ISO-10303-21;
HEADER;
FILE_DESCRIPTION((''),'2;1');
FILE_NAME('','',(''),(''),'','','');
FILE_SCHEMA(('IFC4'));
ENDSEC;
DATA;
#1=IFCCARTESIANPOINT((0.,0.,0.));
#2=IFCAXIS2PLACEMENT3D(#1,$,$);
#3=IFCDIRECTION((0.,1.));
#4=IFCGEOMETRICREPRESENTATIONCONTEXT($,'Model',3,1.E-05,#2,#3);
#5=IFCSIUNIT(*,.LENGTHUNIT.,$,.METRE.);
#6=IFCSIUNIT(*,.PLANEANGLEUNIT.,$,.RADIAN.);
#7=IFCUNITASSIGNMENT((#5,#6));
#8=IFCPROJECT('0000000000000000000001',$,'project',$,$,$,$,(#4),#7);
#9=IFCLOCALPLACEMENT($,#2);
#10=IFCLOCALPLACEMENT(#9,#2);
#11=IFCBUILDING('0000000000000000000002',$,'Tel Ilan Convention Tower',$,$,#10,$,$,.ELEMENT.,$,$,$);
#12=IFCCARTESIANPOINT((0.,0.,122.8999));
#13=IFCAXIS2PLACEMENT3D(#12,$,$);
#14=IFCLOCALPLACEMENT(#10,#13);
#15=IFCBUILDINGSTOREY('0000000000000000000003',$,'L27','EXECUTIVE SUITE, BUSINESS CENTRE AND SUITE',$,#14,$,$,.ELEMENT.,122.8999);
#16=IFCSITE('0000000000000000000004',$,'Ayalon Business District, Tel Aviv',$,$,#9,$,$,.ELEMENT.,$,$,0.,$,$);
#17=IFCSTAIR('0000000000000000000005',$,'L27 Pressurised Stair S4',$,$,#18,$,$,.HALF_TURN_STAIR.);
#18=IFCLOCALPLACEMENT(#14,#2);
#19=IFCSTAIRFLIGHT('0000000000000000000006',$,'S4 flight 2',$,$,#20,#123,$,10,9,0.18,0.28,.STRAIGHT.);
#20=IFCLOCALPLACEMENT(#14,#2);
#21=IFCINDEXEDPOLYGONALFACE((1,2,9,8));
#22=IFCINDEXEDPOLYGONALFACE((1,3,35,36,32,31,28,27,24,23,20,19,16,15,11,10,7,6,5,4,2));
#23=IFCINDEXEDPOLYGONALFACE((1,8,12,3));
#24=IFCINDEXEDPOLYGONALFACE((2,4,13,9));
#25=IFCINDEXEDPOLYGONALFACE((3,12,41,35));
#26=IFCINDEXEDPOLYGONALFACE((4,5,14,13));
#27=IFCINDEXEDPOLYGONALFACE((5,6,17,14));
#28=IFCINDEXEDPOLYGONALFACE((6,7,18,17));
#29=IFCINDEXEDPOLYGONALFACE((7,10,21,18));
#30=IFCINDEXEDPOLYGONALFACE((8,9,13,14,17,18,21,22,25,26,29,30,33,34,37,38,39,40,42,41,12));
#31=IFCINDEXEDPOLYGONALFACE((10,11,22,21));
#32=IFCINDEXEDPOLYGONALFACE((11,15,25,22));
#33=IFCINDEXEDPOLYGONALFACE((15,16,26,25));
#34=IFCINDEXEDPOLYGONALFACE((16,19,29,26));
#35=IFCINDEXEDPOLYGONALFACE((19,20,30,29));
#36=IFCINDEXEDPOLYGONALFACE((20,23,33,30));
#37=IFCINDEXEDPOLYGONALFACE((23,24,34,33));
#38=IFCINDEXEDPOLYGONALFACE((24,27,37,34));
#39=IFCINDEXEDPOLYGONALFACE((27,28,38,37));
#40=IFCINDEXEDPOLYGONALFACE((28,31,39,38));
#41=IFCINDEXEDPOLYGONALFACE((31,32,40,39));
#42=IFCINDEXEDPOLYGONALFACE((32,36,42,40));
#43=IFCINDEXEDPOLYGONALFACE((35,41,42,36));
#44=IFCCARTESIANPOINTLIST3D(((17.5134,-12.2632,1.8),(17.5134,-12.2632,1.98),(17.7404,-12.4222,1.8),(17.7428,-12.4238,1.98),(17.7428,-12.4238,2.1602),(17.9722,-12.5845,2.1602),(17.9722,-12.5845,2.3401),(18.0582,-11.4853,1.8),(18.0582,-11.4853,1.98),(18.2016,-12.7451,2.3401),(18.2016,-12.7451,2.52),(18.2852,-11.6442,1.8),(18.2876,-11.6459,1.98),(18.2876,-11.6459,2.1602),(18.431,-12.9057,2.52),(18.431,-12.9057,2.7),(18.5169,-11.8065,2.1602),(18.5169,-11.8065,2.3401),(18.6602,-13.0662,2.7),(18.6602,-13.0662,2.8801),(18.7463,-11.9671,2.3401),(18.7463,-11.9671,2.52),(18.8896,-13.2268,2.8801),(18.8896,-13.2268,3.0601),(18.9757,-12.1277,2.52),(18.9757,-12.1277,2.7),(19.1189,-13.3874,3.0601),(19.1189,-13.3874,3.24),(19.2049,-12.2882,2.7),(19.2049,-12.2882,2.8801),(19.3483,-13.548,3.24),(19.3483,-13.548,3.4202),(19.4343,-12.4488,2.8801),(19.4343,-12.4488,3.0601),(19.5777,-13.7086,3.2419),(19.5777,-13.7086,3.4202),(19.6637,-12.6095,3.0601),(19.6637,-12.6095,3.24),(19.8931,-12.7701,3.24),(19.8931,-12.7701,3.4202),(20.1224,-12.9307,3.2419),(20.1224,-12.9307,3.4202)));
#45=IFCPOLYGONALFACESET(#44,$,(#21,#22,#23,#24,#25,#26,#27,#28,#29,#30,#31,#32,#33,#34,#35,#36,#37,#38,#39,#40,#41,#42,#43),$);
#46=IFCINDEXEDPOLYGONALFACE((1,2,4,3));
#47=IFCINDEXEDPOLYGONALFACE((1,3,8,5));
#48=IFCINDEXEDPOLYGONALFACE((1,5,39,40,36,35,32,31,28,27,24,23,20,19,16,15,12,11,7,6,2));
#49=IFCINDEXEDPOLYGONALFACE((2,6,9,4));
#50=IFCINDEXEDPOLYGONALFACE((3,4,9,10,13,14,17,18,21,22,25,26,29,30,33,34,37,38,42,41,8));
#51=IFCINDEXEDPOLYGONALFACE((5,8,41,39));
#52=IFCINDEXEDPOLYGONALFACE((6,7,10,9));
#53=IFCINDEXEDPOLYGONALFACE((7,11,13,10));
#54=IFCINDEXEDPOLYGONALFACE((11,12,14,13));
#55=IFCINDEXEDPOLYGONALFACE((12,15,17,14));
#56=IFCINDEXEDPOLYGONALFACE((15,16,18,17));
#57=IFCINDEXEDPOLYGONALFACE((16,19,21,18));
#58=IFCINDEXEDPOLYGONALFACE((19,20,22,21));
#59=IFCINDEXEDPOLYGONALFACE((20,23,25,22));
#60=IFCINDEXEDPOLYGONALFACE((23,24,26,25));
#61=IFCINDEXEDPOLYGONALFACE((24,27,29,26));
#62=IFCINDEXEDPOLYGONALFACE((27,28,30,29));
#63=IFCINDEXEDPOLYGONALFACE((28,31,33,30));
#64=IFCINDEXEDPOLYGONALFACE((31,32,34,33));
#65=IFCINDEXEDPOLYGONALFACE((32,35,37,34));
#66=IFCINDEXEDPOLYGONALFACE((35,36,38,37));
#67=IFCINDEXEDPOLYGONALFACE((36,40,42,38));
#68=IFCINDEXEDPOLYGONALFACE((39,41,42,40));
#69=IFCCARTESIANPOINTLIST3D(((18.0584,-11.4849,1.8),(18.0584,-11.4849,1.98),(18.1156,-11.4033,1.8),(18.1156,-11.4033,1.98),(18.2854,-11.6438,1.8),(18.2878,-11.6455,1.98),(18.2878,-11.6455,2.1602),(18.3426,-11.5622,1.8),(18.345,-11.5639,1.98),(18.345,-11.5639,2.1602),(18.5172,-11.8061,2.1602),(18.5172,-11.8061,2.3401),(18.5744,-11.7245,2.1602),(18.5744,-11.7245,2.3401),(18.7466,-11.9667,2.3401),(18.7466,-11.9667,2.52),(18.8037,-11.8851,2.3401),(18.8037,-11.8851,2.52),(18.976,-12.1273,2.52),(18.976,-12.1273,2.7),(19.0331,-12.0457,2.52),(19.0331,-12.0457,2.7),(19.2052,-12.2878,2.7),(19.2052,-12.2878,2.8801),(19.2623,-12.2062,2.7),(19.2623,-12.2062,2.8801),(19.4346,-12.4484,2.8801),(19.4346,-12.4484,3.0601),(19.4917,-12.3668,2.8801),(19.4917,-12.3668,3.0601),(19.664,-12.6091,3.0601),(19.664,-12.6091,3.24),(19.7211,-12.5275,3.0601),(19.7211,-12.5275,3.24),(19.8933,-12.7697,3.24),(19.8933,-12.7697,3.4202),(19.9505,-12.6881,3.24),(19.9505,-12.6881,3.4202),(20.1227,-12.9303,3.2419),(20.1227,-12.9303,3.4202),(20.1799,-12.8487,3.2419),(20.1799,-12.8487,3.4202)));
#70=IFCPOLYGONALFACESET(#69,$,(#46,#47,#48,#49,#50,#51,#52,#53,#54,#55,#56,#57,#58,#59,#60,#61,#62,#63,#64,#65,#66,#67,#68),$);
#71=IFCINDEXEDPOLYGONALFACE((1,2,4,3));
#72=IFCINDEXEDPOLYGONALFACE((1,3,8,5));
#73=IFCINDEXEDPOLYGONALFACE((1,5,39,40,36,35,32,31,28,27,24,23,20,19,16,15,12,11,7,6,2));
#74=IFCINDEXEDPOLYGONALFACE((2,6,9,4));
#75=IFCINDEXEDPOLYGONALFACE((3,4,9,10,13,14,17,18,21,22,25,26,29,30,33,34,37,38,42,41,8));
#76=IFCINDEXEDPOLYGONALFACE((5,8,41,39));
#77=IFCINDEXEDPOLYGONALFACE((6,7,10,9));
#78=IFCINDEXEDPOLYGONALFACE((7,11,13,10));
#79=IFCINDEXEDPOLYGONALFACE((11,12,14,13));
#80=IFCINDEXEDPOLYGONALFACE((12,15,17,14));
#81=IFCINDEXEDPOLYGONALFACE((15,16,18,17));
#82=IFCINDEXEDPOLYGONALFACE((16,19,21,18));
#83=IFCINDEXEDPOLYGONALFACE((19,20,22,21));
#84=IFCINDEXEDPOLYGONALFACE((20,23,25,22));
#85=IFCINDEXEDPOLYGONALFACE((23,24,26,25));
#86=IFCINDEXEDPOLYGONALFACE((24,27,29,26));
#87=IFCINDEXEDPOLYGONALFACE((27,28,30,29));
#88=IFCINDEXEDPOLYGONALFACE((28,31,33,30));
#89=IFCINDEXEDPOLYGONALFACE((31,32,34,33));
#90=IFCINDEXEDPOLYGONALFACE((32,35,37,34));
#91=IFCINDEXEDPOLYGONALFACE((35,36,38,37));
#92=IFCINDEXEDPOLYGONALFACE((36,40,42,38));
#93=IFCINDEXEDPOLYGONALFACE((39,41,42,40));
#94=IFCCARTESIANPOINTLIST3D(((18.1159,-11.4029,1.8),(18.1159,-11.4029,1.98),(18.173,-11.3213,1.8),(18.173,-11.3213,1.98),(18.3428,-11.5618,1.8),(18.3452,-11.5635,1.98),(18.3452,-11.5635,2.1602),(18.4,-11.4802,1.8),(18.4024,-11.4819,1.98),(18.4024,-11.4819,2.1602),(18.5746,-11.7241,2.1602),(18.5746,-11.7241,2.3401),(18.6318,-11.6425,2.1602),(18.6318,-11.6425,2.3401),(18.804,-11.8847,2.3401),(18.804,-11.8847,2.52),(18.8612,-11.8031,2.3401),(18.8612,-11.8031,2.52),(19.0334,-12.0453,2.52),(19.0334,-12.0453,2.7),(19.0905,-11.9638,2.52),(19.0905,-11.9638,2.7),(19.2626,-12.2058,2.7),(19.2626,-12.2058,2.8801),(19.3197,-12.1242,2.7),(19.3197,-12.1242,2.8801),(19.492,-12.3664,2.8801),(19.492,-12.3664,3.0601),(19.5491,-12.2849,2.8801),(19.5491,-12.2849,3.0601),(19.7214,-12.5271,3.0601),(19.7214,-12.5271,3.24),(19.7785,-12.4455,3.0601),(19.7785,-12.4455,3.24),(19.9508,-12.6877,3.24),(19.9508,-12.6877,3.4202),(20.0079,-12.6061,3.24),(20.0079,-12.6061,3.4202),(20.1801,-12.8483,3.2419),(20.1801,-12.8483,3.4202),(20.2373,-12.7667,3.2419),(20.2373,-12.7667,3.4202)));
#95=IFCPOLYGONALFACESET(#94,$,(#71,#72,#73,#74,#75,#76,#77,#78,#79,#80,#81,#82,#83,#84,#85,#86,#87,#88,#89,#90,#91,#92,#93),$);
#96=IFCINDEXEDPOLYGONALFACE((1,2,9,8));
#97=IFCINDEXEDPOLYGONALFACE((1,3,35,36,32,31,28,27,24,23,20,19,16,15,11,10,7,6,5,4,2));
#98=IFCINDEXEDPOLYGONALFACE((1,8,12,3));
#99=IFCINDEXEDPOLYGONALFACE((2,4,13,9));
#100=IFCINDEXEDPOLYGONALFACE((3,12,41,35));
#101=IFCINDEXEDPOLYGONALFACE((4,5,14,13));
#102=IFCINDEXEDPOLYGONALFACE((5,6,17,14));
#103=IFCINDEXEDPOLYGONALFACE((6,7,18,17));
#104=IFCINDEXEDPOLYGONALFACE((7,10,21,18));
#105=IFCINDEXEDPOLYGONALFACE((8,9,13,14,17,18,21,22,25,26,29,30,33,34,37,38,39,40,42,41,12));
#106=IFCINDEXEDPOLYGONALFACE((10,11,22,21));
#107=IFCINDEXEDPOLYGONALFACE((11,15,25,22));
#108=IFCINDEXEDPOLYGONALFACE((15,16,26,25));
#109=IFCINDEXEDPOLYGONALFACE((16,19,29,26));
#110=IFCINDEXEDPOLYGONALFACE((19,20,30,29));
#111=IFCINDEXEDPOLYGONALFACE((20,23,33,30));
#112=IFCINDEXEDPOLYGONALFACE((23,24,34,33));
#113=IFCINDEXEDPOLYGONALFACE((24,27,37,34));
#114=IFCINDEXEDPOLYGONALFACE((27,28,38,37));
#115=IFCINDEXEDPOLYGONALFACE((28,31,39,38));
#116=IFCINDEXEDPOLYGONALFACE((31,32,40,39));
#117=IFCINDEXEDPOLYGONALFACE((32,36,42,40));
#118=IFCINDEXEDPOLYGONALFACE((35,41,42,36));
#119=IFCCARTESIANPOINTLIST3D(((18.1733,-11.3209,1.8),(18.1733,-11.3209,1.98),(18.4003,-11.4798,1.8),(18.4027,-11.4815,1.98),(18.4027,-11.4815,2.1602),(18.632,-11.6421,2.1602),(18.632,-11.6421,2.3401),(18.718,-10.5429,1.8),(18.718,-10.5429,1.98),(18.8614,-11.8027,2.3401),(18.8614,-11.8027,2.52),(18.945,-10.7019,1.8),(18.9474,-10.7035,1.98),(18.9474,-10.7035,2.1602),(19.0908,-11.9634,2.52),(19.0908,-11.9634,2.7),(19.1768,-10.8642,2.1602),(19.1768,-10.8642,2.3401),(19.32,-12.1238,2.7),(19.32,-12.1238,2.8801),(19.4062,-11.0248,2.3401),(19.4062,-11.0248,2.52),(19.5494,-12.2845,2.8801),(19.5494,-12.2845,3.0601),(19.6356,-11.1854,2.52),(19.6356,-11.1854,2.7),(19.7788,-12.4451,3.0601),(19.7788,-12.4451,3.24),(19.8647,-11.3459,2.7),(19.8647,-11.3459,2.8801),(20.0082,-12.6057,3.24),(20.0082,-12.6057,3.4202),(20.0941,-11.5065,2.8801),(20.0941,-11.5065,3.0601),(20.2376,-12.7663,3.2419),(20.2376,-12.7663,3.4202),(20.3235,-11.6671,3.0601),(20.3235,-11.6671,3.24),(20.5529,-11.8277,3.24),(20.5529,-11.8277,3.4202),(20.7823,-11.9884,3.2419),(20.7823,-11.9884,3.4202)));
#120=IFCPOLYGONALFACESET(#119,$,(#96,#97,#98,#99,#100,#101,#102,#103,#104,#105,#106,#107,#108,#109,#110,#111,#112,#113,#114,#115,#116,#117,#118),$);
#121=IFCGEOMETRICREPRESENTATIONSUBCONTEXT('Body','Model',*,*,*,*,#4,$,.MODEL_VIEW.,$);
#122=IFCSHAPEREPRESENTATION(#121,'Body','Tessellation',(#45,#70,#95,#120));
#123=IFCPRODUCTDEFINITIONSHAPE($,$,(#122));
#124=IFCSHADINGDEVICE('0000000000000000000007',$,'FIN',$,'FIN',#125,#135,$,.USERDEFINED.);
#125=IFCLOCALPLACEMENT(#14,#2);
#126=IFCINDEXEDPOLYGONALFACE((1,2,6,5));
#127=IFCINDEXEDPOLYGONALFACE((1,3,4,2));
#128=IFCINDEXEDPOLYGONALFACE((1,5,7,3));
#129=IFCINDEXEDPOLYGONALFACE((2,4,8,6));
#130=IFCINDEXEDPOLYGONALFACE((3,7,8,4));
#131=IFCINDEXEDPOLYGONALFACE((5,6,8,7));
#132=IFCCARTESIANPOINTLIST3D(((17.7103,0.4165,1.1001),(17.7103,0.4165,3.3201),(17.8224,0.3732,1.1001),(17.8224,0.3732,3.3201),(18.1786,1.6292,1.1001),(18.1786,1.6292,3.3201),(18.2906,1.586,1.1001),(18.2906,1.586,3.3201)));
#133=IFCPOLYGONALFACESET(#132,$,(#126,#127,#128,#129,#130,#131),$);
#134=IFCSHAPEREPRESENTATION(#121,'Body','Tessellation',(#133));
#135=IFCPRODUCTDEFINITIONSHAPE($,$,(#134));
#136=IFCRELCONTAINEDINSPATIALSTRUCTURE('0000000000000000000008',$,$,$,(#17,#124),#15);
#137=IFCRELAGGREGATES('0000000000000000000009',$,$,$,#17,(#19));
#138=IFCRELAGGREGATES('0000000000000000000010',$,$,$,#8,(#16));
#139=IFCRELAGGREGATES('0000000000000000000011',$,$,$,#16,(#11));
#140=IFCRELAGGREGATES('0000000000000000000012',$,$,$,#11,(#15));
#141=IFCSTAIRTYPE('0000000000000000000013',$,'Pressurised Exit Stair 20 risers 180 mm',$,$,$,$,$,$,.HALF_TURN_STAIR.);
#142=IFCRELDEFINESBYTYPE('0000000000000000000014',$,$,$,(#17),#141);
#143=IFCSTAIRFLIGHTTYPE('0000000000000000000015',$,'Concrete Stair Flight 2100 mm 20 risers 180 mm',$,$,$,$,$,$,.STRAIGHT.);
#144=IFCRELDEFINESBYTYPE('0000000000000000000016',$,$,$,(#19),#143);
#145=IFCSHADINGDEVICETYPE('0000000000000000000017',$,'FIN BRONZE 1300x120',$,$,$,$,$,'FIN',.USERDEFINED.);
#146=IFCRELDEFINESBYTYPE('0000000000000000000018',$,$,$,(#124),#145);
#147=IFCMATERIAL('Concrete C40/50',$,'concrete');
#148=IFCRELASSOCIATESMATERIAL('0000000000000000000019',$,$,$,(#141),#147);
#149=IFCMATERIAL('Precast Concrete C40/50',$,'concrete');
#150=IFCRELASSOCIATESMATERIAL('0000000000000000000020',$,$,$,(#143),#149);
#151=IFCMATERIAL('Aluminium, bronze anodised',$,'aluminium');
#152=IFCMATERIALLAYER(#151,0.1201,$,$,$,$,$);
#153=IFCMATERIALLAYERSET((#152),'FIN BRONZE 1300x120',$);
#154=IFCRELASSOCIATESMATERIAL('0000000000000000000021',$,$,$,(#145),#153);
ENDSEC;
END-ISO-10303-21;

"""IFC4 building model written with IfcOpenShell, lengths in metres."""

from ifc_helpers import new_model, si_unit, direction, frame, origin, origin_2d, place, context, subcontext, project, spatial, polyline, rectangle, outline, extrude, material, layer, layer_set, type_object, element, aggregate, save


model = new_model("IFC4")

# Units and contexts
model_context = context("Model", 3, precision=1e-05, world=origin(), true_north=direction((0.0, 1.0)))
body_context = subcontext(model_context, "Body", "Model", "MODEL_VIEW")
ifc_project = project(units=[si_unit("LENGTHUNIT", "METRE"), si_unit("PLANEANGLEUNIT", "RADIAN")], contexts=[model_context])

# Site, building, storey
site_placement = place(None, origin())
site = spatial("IfcSite", under=ifc_project, at=site_placement, Name="Ayalon Business District, Tel Aviv", CompositionType="ELEMENT", RefElevation=0.0)
building_placement = place(site_placement, origin())
building = spatial("IfcBuilding", under=site, at=building_placement, Name="Tel Ilan Convention Tower", CompositionType="ELEMENT")
storey_placement = place(building_placement, frame((0.0, 0.0, 122.8999)))
storey = spatial("IfcBuildingStorey", under=building, at=storey_placement, Name="L27", Description="EXECUTIVE SUITE, BUSINESS CENTRE AND SUITE", CompositionType="ELEMENT", Elevation=122.8999)

# Shared definitions
ifc_material_1 = material(Name="Concrete C40/50", Category="concrete")
stair_type = type_object("IfcStairType", Name="Pressurised Exit Stair 20 risers 180 mm", PredefinedType="HALF_TURN_STAIR", material=ifc_material_1)
ifc_material_2 = material(Name="Precast Concrete C40/50", Category="concrete")
stair_flight_type = type_object("IfcStairFlightType", Name="Concrete Stair Flight 2100 mm 20 risers 180 mm", PredefinedType="STRAIGHT", material=ifc_material_2)

# Stair, stair flight
stair_1_placement = place(storey_placement, origin())
stair_1 = element("IfcStair", 1, at=stair_1_placement, inside=storey, type_object=stair_type, Name="L27 Pressurised Stair S4", PredefinedType="HALF_TURN_STAIR")
stair_flight_1_placement = place(storey_placement, frame((18.1157, -11.4031, 1.8), z_axis=(0.0, 0.0, 1.0), x_axis=(0.819152, -0.573576, 0.0)))
stair_flight_1 = element("IfcStairFlight", 2, at=stair_flight_1_placement, type_object=stair_flight_type, Name="S4 flight 2", NumberOfRisers=10, NumberOfTreads=9, PredefinedType="STRAIGHT", RiserHeight=0.18, TreadLength=0.28, context=body_context, shape_type="SweptSolid", body=[
    extrude(outline(polyline([(0.0, 0.0), (0.0, 0.1799), (0.28, 0.1799), (0.28, 0.3601), (0.5601, 0.3601), (0.5601, 0.54), (0.8401, 0.54), (0.8401, 0.72), (1.1201, 0.72), (1.1201, 0.8999), (1.3999, 0.8999), (1.3999, 1.0801), (1.6799, 1.0801), (1.6799, 1.26), (1.96, 1.26), (1.96, 1.4399), (2.24, 1.4399), (2.24, 1.6201), (2.52, 1.6201), (2.52, 1.8), (2.52, 1.4419), (0.2771, 0.0), (0.0, 0.0)])), frame((0.0, -0.1003, 0.0), z_axis=(0.0, -1.0, 0.0), x_axis=(1.0, 0.0, 0.0)), (0.0, 0.0, 1.0), 0.9497),
    extrude(outline(polyline([(0.0, 0.0), (0.0, 0.1799), (0.28, 0.1799), (0.28, 0.3601), (0.5601, 0.3601), (0.5601, 0.54), (0.8401, 0.54), (0.8401, 0.72), (1.1201, 0.72), (1.1201, 0.8999), (1.3999, 0.8999), (1.3999, 1.0801), (1.6799, 1.0801), (1.6799, 1.26), (1.96, 1.26), (1.96, 1.4399), (2.24, 1.4399), (2.24, 1.6201), (2.52, 1.6201), (2.52, 1.8), (2.52, 1.4419), (0.2771, 0.0), (0.0, 0.0)])), frame((0.0, -0.0002, 0.0), z_axis=(0.0, -1.0, 0.0), x_axis=(1.0, 0.0, 0.0)), (0.0, 0.0, 1.0), 0.0996),
    extrude(outline(polyline([(0.0, 0.0), (0.0, 0.1799), (0.28, 0.1799), (0.28, 0.3601), (0.5601, 0.3601), (0.5601, 0.54), (0.8401, 0.54), (0.8401, 0.72), (1.1201, 0.72), (1.1201, 0.8999), (1.3999, 0.8999), (1.3999, 1.0801), (1.6799, 1.0801), (1.6799, 1.26), (1.96, 1.26), (1.96, 1.4399), (2.24, 1.4399), (2.24, 1.6201), (2.52, 1.6201), (2.52, 1.8), (2.52, 1.4419), (0.2771, 0.0), (0.0, 0.0)])), frame((0.0, 0.0999, 0.0), z_axis=(0.0, -1.0, 0.0), x_axis=(1.0, 0.0, 0.0)), (0.0, 0.0, 1.0), 0.0996),
    extrude(outline(polyline([(0.0, 0.0), (0.0, 0.1799), (0.28, 0.1799), (0.28, 0.3601), (0.5601, 0.3601), (0.5601, 0.54), (0.8401, 0.54), (0.8401, 0.72), (1.1201, 0.72), (1.1201, 0.8999), (1.3999, 0.8999), (1.3999, 1.0801), (1.6799, 1.0801), (1.6799, 1.26), (1.96, 1.26), (1.96, 1.4399), (2.24, 1.4399), (2.24, 1.6201), (2.52, 1.6201), (2.52, 1.8), (2.52, 1.4419), (0.2771, 0.0), (0.0, 0.0)])), frame((0.0, 1.05, 0.0), z_axis=(0.0, -1.0, 0.0), x_axis=(1.0, 0.0, 0.0)), (0.0, 0.0, 1.0), 0.9497),
])
aggregate(stair_1, [stair_flight_1])

# Shading device
ifc_material_3 = material(Name="Aluminium, bronze anodised", Category="aluminium")
ifc_layer_1 = layer(ifc_material_3, 0.1201)
ifc_layer_set_1 = layer_set([ifc_layer_1], Name="FIN BRONZE 1300x120")
shading_device_type = type_object("IfcShadingDeviceType", Name="FIN BRONZE 1300x120", ElementType="FIN", PredefinedType="USERDEFINED", material=ifc_layer_set_1)
shading_device_placement = place(storey_placement, frame((18.0005, 1.0012, 1.1001), z_axis=(0.0, 0.0, 1.0), x_axis=(0.360178, 0.932884, 0.0)))
element("IfcShadingDevice", 3, at=shading_device_placement, inside=storey, type_object=shading_device_type, Name="FIN", ObjectType="FIN", PredefinedType="USERDEFINED", context=body_context, shape_type="SweptSolid", body=[
    extrude(rectangle(XDim=1.3, YDim=0.1201, at=origin_2d()), origin(), (0.0, 0.0, 1.0), 2.22),
])

save(model, "model.ifc")
